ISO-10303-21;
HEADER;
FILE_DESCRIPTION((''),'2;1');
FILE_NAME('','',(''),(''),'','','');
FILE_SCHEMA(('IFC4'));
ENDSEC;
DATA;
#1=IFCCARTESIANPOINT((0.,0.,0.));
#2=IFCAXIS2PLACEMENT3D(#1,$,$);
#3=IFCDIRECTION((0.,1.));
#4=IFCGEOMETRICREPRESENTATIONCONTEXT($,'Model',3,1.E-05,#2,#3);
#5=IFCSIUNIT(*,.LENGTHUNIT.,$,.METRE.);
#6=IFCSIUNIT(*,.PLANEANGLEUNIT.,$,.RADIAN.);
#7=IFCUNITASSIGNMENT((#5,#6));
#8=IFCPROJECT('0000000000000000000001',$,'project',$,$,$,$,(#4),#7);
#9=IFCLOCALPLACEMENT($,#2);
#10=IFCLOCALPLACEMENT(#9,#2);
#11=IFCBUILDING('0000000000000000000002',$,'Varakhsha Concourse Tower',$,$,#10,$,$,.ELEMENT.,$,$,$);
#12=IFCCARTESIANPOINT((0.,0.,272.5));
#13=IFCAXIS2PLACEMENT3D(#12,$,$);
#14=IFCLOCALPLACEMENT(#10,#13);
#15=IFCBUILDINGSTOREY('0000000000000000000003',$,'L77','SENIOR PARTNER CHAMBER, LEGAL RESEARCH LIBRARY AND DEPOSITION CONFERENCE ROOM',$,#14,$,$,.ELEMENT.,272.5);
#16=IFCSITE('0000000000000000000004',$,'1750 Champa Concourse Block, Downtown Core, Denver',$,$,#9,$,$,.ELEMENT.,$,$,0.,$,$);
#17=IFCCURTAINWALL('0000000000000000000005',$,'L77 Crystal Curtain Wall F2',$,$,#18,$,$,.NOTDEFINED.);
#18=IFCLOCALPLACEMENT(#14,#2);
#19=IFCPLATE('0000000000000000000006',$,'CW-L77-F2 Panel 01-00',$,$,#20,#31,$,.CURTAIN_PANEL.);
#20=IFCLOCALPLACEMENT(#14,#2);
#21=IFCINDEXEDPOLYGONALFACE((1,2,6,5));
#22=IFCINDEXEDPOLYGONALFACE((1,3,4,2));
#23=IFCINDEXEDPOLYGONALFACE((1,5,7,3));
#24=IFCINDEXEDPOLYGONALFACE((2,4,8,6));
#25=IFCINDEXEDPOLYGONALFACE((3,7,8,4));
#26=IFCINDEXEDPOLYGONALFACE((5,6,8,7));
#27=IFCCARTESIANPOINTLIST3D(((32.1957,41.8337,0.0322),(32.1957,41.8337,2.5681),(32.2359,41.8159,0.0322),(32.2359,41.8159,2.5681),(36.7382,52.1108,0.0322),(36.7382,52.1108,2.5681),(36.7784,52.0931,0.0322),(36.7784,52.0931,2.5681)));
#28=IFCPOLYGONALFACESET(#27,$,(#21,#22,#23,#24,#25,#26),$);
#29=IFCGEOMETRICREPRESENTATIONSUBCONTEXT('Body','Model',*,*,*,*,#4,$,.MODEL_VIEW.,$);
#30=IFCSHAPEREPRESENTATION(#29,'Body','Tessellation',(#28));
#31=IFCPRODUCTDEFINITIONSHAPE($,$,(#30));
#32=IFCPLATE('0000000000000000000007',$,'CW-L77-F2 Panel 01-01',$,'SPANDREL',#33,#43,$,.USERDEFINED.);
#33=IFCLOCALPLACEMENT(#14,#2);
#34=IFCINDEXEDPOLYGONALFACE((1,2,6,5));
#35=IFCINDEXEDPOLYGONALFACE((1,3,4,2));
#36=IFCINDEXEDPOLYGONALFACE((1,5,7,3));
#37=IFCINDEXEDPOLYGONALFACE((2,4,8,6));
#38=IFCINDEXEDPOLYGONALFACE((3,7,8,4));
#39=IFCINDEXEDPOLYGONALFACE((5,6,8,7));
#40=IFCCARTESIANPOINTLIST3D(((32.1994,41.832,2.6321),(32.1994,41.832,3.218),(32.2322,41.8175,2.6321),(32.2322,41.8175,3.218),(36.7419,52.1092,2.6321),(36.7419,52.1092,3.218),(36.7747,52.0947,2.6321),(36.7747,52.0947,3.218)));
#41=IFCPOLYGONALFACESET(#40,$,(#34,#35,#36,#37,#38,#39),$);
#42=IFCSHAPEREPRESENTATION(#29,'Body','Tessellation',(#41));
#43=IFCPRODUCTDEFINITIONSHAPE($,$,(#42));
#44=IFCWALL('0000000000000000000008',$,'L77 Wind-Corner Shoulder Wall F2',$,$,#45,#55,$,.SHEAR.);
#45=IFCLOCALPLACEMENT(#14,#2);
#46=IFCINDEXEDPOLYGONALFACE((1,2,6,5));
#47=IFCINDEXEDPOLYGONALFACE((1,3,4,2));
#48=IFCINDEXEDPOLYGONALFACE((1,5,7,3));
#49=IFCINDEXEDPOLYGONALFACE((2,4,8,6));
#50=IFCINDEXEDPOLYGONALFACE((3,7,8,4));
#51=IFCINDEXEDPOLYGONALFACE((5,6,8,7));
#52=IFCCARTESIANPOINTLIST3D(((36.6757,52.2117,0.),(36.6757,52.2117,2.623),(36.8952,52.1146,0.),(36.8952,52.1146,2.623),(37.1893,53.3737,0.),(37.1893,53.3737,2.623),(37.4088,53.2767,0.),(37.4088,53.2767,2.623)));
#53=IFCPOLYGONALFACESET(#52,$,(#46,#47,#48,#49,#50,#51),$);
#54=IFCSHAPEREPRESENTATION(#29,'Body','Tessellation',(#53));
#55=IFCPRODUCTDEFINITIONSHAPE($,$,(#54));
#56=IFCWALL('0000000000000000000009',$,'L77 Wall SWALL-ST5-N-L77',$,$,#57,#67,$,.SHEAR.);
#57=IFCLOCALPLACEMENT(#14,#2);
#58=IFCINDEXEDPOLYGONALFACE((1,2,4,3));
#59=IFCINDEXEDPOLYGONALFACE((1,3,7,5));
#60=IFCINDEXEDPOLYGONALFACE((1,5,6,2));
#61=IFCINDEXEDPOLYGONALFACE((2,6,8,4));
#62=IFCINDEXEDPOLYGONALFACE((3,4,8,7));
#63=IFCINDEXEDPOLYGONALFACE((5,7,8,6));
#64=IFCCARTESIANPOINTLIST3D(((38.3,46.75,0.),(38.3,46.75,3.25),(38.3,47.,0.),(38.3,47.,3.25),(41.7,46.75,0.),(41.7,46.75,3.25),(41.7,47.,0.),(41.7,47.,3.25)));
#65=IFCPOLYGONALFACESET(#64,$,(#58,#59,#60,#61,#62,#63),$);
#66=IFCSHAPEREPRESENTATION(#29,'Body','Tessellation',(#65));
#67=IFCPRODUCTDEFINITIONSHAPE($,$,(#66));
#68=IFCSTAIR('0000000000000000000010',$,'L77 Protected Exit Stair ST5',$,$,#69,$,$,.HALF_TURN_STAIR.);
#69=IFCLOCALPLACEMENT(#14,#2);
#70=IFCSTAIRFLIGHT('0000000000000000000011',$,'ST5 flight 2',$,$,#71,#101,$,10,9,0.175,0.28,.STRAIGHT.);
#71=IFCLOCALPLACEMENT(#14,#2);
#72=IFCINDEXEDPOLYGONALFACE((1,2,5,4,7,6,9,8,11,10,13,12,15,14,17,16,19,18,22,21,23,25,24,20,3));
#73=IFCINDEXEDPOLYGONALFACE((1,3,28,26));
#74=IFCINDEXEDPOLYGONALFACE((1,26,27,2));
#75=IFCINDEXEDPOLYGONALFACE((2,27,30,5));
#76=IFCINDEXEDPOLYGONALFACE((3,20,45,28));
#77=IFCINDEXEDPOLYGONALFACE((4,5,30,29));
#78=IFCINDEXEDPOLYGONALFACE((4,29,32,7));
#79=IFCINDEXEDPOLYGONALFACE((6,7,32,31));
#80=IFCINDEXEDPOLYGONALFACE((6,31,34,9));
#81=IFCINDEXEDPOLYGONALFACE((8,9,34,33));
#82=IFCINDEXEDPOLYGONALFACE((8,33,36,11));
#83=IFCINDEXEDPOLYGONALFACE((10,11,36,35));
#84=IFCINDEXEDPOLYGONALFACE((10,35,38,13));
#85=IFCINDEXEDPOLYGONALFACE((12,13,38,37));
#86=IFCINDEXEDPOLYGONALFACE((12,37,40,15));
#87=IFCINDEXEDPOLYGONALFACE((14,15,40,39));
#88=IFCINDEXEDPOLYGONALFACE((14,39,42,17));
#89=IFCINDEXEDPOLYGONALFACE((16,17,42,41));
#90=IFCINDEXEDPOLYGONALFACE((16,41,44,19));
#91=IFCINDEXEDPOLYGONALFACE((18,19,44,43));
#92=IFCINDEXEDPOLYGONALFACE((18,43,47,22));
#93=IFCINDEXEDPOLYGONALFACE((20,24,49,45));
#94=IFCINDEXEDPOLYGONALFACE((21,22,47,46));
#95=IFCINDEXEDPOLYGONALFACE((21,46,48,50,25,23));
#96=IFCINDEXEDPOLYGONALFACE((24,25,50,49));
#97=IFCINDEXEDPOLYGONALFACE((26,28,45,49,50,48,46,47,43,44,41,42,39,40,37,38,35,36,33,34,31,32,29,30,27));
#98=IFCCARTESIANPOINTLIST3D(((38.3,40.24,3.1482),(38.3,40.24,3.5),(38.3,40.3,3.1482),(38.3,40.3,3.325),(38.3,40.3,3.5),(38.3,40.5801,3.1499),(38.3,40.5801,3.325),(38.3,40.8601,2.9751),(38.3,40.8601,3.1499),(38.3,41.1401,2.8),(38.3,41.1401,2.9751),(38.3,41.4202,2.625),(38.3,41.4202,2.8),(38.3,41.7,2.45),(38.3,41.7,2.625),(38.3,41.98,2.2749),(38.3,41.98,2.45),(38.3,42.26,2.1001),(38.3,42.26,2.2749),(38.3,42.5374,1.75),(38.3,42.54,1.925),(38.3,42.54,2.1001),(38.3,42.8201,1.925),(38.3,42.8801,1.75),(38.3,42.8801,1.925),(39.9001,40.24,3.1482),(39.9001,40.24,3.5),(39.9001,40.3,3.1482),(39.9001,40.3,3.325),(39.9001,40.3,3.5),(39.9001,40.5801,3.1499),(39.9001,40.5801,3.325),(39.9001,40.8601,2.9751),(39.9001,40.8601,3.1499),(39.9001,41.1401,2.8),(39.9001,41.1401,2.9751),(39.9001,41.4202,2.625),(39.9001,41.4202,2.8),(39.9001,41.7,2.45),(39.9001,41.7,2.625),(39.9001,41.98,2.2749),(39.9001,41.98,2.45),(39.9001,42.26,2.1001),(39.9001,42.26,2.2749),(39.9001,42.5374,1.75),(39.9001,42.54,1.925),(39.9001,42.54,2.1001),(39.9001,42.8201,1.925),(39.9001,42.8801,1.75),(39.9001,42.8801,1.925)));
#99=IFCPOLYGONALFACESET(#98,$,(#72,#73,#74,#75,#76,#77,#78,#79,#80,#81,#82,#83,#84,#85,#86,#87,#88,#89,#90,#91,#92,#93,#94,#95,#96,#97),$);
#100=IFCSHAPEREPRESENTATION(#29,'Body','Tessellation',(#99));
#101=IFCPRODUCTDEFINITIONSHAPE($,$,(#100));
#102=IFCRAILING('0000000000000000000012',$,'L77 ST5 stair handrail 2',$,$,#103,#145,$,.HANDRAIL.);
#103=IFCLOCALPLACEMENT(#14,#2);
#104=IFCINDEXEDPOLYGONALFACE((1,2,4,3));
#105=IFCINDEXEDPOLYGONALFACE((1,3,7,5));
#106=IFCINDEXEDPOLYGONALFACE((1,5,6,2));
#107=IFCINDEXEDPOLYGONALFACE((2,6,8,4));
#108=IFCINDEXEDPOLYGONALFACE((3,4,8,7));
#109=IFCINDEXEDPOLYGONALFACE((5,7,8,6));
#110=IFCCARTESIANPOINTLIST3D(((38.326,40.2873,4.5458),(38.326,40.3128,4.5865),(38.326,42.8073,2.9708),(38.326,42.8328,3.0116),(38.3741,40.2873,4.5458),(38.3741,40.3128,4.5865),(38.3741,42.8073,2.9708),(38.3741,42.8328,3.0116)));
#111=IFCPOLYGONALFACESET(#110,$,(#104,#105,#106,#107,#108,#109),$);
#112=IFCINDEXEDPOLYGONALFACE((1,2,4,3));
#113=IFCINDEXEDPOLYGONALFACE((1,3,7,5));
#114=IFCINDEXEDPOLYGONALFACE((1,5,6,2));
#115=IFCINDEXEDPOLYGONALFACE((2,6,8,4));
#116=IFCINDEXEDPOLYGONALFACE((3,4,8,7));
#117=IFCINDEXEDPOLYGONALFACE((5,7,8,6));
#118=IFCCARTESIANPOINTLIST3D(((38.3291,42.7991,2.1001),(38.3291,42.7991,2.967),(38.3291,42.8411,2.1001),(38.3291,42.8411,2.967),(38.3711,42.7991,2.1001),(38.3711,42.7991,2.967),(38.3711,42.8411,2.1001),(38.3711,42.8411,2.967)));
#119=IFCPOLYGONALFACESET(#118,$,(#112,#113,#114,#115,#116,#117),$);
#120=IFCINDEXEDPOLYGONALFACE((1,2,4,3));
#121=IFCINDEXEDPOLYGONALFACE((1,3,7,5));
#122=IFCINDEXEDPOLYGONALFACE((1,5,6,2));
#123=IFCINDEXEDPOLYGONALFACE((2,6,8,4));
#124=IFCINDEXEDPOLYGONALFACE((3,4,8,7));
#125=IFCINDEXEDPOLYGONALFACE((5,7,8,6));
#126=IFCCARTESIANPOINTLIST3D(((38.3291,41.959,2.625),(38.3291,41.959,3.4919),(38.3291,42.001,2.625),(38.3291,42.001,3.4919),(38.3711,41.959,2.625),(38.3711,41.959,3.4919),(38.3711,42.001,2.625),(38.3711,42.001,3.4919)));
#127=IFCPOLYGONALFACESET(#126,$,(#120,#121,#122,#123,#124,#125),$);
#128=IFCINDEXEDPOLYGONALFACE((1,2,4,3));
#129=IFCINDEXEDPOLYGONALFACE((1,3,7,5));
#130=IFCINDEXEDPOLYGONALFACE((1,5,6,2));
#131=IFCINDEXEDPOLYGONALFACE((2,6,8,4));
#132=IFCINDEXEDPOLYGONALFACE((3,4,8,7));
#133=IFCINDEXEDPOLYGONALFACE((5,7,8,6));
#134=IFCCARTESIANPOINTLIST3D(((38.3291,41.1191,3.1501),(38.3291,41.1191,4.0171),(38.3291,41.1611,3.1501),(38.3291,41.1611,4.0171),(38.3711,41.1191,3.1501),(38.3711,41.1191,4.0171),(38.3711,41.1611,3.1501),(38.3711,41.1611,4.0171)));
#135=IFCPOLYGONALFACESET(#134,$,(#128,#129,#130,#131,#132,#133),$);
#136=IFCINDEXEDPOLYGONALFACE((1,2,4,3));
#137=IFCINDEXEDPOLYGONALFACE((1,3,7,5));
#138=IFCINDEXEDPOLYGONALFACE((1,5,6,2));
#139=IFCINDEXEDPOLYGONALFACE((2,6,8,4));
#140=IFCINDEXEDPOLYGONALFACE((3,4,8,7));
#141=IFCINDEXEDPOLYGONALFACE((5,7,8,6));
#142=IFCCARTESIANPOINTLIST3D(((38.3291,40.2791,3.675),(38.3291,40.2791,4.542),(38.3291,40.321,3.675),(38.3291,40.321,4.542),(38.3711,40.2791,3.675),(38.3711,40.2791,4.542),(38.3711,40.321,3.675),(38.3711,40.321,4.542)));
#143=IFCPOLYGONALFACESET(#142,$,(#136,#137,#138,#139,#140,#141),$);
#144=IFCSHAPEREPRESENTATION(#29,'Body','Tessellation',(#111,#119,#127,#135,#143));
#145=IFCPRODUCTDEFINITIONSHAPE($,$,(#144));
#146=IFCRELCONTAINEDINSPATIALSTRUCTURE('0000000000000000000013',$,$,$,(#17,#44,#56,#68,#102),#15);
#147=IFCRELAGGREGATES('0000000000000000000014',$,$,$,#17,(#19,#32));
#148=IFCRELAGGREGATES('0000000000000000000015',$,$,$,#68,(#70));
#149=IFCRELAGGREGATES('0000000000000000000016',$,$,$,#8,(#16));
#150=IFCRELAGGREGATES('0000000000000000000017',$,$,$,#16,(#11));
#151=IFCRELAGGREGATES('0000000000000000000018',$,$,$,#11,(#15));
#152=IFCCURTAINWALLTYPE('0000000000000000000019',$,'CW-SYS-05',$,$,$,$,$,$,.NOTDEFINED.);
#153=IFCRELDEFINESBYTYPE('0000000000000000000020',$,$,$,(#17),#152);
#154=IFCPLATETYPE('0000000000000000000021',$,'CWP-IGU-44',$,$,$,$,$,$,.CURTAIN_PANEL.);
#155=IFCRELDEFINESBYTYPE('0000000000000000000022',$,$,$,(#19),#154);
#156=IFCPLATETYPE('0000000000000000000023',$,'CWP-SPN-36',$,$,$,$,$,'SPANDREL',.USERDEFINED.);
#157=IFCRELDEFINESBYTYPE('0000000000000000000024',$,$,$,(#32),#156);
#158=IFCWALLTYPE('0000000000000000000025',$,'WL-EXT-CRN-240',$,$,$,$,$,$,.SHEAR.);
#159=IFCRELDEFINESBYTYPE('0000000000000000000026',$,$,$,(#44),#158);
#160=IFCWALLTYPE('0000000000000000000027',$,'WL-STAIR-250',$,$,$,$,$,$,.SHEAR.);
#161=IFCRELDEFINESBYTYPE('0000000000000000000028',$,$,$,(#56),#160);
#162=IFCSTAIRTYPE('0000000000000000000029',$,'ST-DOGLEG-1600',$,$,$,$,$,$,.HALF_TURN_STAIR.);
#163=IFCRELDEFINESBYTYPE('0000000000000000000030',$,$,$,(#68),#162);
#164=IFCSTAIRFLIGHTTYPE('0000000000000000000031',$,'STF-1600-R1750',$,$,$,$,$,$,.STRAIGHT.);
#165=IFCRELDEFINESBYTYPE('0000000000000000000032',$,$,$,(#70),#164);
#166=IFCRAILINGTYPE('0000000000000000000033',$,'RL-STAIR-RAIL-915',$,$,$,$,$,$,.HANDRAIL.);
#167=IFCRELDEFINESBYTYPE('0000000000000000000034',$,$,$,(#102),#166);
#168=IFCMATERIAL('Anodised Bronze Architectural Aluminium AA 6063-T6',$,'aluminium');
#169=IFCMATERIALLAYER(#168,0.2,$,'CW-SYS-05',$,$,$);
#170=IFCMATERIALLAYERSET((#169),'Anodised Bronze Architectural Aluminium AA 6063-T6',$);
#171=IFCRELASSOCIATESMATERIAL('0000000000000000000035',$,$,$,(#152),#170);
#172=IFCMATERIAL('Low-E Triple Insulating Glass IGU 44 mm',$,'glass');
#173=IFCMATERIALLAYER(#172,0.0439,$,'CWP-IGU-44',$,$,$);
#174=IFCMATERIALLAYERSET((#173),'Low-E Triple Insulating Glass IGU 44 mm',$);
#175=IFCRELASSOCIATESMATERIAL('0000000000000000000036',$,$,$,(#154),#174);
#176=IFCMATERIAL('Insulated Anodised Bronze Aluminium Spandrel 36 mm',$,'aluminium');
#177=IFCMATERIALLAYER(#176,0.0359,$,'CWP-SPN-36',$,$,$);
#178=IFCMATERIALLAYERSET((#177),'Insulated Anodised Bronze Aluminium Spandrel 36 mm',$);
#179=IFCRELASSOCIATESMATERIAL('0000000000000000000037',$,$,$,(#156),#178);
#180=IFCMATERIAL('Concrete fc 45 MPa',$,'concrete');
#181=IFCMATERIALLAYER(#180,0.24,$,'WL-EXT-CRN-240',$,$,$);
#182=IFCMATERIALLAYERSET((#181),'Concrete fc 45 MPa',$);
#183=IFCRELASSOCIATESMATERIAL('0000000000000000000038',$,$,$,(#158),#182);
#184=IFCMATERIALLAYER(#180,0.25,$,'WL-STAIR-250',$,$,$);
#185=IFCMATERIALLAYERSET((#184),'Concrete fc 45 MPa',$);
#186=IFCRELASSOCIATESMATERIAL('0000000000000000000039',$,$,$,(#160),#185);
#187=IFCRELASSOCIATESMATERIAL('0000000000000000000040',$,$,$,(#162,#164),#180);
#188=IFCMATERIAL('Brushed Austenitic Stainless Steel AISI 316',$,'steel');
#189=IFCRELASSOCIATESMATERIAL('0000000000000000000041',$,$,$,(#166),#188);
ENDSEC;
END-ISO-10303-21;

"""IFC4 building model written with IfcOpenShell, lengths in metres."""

from ifc_helpers import new_model, si_unit, direction, frame, frame_2d, origin, origin_2d, place, context, subcontext, project, spatial, polyline, rectangle, outline, extrude, source, transform, mapped, material, layer, layer_set, type_object, type_shapes, element, aggregate, save


model = new_model("IFC4")

# Units and contexts
model_context = context("Model", 3, precision=1e-05, world=origin(), true_north=direction((0.0, 1.0)))
body_context = subcontext(model_context, "Body", "Model", "MODEL_VIEW")
ifc_project = project(units=[si_unit("LENGTHUNIT", "METRE"), si_unit("PLANEANGLEUNIT", "RADIAN")], contexts=[model_context])

# Site, building, storey
site_placement = place(None, origin())
site = spatial("IfcSite", under=ifc_project, at=site_placement, Name="1750 Champa Concourse Block, Downtown Core, Denver", CompositionType="ELEMENT", RefElevation=0.0)
building_placement = place(site_placement, origin())
building = spatial("IfcBuilding", under=site, at=building_placement, Name="Varakhsha Concourse Tower", CompositionType="ELEMENT")
storey_placement = place(building_placement, frame((0.0, 0.0, 272.5)))
storey = spatial("IfcBuildingStorey", under=building, at=storey_placement, Name="L77", Description="SENIOR PARTNER CHAMBER, LEGAL RESEARCH LIBRARY AND DEPOSITION CONFERENCE ROOM", CompositionType="ELEMENT", Elevation=272.5)

# Shared definitions
ifc_material_1 = material(Name="Anodised Bronze Architectural Aluminium AA 6063-T6", Category="aluminium")
ifc_layer_1 = layer(ifc_material_1, 0.2, Name="CW-SYS-05")
ifc_layer_set_1 = layer_set([ifc_layer_1], Name="Anodised Bronze Architectural Aluminium AA 6063-T6")
curtain_wall_type = type_object("IfcCurtainWallType", Name="CW-SYS-05", PredefinedType="NOTDEFINED", material=ifc_layer_set_1)

# Curtain wall
curtain_wall_1_placement = place(storey_placement, origin())
curtain_wall_1 = element("IfcCurtainWall", 1, at=curtain_wall_1_placement, inside=storey, type_object=curtain_wall_type, Name="L77 Crystal Curtain Wall F2", PredefinedType="NOTDEFINED")

# Plates
ifc_material_2 = material(Name="Low-E Triple Insulating Glass IGU 44 mm", Category="glass")
ifc_layer_2 = layer(ifc_material_2, 0.0439, Name="CWP-IGU-44")
ifc_layer_set_2 = layer_set([ifc_layer_2], Name="Low-E Triple Insulating Glass IGU 44 mm")
plate_type_1 = type_object("IfcPlateType", Name="CWP-IGU-44", PredefinedType="CURTAIN_PANEL", material=ifc_layer_set_2)
shared_shape_1 = source(origin(), body_context, "Body", "SweptSolid", [
    extrude(rectangle(XDim=11.2363, YDim=0.0439, at=origin_2d()), origin(), (0.0, 0.0, 1.0), 2.5359),
])
type_shapes(plate_type_1, [shared_shape_1])
plate_1_placement = place(storey_placement, frame((34.4871, 46.9634, 0.0322), z_axis=(0.0, 0.0, 1.0), x_axis=(0.404273, 0.914638, 0.0)))
plate_1 = element("IfcPlate", 2, at=plate_1_placement, type_object=plate_type_1, Name="CW-L77-F2 Panel 01-00", PredefinedType="CURTAIN_PANEL", context=body_context, shape_type="MappedRepresentation", body=[
    mapped(shared_shape_1, transform((0.0, 0.0, 0.0), scale=1.0)),
])
ifc_material_3 = material(Name="Insulated Anodised Bronze Aluminium Spandrel 36 mm", Category="aluminium")
ifc_layer_3 = layer(ifc_material_3, 0.0359, Name="CWP-SPN-36")
ifc_layer_set_3 = layer_set([ifc_layer_3], Name="Insulated Anodised Bronze Aluminium Spandrel 36 mm")
plate_type_2 = type_object("IfcPlateType", Name="CWP-SPN-36", ElementType="SPANDREL", PredefinedType="USERDEFINED", material=ifc_layer_set_3)
shared_shape_2 = source(origin(), body_context, "Body", "SweptSolid", [
    extrude(rectangle(XDim=11.2363, YDim=0.0359, at=origin_2d()), origin(), (0.0, 0.0, 1.0), 0.5859),
])
type_shapes(plate_type_2, [shared_shape_2])
plate_2_placement = place(storey_placement, frame((34.4871, 46.9634, 2.6321), z_axis=(0.0, 0.0, 1.0), x_axis=(0.404273, 0.914638, 0.0)))
plate_2 = element("IfcPlate", 3, at=plate_2_placement, type_object=plate_type_2, Name="CW-L77-F2 Panel 01-01", ObjectType="SPANDREL", PredefinedType="USERDEFINED", context=body_context, shape_type="MappedRepresentation", body=[
    mapped(shared_shape_2, transform((0.0, 0.0, 0.0), scale=1.0)),
])
aggregate(curtain_wall_1, [plate_1, plate_2])

# Walls
ifc_material_4 = material(Name="Concrete fc 45 MPa", Category="concrete")
ifc_layer_4 = layer(ifc_material_4, 0.24, Name="WL-EXT-CRN-240")
ifc_layer_set_4 = layer_set([ifc_layer_4], Name="Concrete fc 45 MPa")
wall_type_1 = type_object("IfcWallType", Name="WL-EXT-CRN-240", PredefinedType="SHEAR", material=ifc_layer_set_4)
wall_1_placement = place(storey_placement, frame((37.2991, 53.3252, 0.0), z_axis=(0.0, 0.0, 1.0), x_axis=(-0.404283, -0.914634, 0.0)))
element("IfcWall", 4, at=wall_1_placement, inside=storey, type_object=wall_type_1, Name="L77 Wind-Corner Shoulder Wall F2", PredefinedType="SHEAR", context=body_context, shape_type="SweptSolid", body=[
    extrude(rectangle(XDim=1.2705, YDim=0.24, at=frame_2d((0.6353, 0.0))), origin(), (0.0, 0.0, 1.0), 2.623),
])
ifc_layer_5 = layer(ifc_material_4, 0.25, Name="WL-STAIR-250")
ifc_layer_set_5 = layer_set([ifc_layer_5], Name="Concrete fc 45 MPa")
wall_type_2 = type_object("IfcWallType", Name="WL-STAIR-250", PredefinedType="SHEAR", material=ifc_layer_set_5)
wall_2_placement = place(storey_placement, frame((38.3, 46.875, 0.0), z_axis=(0.0, 0.0, 1.0), x_axis=(1.0, 0.0, 0.0)))
element("IfcWall", 5, at=wall_2_placement, inside=storey, type_object=wall_type_2, Name="L77 Wall SWALL-ST5-N-L77", PredefinedType="SHEAR", context=body_context, shape_type="SweptSolid", body=[
    extrude(rectangle(XDim=3.3999, YDim=0.25, at=frame_2d((1.7, 0.0))), origin(), (0.0, 0.0, 1.0), 3.25),
])

# Stair, stair flight
stair_type = type_object("IfcStairType", Name="ST-DOGLEG-1600", PredefinedType="HALF_TURN_STAIR", material=ifc_material_4)
stair_placement = place(storey_placement, origin())
stair = element("IfcStair", 6, at=stair_placement, inside=storey, type_object=stair_type, Name="L77 Protected Exit Stair ST5", PredefinedType="HALF_TURN_STAIR")
stair_flight_type = type_object("IfcStairFlightType", Name="STF-1600-R1750", PredefinedType="STRAIGHT", material=ifc_material_4)
stair_flight_placement = place(storey_placement, frame((39.1001, 42.8201, 1.75), z_axis=(0.0, 0.0, 1.0), x_axis=(0.0, -1.0, 0.0)))
stair_flight = element("IfcStairFlight", 7, at=stair_flight_placement, type_object=stair_flight_type, Name="ST5 flight 2", NumberOfRisers=10, NumberOfTreads=9, PredefinedType="STRAIGHT", RiserHeight=0.175, TreadLength=0.28, context=body_context, shape_type="SweptSolid", body=[
    extrude(outline(polyline([(-0.0601, 0.0), (-0.0601, 0.175), (0.0, 0.175), (0.28, 0.175), (0.28, 0.3501), (0.5601, 0.3501), (0.5601, 0.5249), (0.8401, 0.5249), (0.8401, 0.7), (1.1201, 0.7), (1.1201, 0.875), (1.3999, 0.875), (1.3999, 1.05), (1.6799, 1.05), (1.6799, 1.2251), (1.96, 1.2251), (1.96, 1.3999), (2.24, 1.3999), (2.24, 1.575), (2.52, 1.575), (2.52, 1.75), (2.5801, 1.75), (2.5801, 1.3982), (2.52, 1.3982), (0.2827, 0.0), (-0.0601, 0.0)])), frame((0.0, 0.8, 0.0), z_axis=(0.0, -1.0, 0.0), x_axis=(1.0, 0.0, 0.0)), (0.0, 0.0, 1.0), 1.6001),
])
aggregate(stair, [stair_flight])

# Railing
ifc_material_5 = material(Name="Brushed Austenitic Stainless Steel AISI 316", Category="steel")
railing_type = type_object("IfcRailingType", Name="RL-STAIR-RAIL-915", PredefinedType="HANDRAIL", material=ifc_material_5)
railing_placement = place(storey_placement, frame((38.3501, 42.8201, 2.1001)))
element("IfcRailing", 8, at=railing_placement, inside=storey, type_object=railing_type, Name="L77 ST5 stair handrail 2", PredefinedType="HANDRAIL", context=body_context, shape_type="SweptSolid", body=[
    extrude(rectangle(XDim=0.0481, YDim=0.0481, at=origin_2d()), frame((0.0, 0.0, 0.8911), z_axis=(0.0, -0.848008, 0.529984), x_axis=(1.0, 0.0, 0.0)), (0.0, 0.0, 1.0), 2.9717),
    extrude(rectangle(XDim=0.042, YDim=0.042, at=origin_2d()), origin(), (0.0, 0.0, 1.0), 0.8669),
    extrude(rectangle(XDim=0.042, YDim=0.042, at=origin_2d()), frame((0.0, -0.8401, 0.5249)), (0.0, 0.0, 1.0), 0.8669),
    extrude(rectangle(XDim=0.042, YDim=0.042, at=origin_2d()), frame((0.0, -1.6799, 1.05)), (0.0, 0.0, 1.0), 0.8669),
    extrude(rectangle(XDim=0.042, YDim=0.042, at=origin_2d()), frame((0.0, -2.52, 1.575)), (0.0, 0.0, 1.0), 0.8669),
])

save(model, "model.ifc")
